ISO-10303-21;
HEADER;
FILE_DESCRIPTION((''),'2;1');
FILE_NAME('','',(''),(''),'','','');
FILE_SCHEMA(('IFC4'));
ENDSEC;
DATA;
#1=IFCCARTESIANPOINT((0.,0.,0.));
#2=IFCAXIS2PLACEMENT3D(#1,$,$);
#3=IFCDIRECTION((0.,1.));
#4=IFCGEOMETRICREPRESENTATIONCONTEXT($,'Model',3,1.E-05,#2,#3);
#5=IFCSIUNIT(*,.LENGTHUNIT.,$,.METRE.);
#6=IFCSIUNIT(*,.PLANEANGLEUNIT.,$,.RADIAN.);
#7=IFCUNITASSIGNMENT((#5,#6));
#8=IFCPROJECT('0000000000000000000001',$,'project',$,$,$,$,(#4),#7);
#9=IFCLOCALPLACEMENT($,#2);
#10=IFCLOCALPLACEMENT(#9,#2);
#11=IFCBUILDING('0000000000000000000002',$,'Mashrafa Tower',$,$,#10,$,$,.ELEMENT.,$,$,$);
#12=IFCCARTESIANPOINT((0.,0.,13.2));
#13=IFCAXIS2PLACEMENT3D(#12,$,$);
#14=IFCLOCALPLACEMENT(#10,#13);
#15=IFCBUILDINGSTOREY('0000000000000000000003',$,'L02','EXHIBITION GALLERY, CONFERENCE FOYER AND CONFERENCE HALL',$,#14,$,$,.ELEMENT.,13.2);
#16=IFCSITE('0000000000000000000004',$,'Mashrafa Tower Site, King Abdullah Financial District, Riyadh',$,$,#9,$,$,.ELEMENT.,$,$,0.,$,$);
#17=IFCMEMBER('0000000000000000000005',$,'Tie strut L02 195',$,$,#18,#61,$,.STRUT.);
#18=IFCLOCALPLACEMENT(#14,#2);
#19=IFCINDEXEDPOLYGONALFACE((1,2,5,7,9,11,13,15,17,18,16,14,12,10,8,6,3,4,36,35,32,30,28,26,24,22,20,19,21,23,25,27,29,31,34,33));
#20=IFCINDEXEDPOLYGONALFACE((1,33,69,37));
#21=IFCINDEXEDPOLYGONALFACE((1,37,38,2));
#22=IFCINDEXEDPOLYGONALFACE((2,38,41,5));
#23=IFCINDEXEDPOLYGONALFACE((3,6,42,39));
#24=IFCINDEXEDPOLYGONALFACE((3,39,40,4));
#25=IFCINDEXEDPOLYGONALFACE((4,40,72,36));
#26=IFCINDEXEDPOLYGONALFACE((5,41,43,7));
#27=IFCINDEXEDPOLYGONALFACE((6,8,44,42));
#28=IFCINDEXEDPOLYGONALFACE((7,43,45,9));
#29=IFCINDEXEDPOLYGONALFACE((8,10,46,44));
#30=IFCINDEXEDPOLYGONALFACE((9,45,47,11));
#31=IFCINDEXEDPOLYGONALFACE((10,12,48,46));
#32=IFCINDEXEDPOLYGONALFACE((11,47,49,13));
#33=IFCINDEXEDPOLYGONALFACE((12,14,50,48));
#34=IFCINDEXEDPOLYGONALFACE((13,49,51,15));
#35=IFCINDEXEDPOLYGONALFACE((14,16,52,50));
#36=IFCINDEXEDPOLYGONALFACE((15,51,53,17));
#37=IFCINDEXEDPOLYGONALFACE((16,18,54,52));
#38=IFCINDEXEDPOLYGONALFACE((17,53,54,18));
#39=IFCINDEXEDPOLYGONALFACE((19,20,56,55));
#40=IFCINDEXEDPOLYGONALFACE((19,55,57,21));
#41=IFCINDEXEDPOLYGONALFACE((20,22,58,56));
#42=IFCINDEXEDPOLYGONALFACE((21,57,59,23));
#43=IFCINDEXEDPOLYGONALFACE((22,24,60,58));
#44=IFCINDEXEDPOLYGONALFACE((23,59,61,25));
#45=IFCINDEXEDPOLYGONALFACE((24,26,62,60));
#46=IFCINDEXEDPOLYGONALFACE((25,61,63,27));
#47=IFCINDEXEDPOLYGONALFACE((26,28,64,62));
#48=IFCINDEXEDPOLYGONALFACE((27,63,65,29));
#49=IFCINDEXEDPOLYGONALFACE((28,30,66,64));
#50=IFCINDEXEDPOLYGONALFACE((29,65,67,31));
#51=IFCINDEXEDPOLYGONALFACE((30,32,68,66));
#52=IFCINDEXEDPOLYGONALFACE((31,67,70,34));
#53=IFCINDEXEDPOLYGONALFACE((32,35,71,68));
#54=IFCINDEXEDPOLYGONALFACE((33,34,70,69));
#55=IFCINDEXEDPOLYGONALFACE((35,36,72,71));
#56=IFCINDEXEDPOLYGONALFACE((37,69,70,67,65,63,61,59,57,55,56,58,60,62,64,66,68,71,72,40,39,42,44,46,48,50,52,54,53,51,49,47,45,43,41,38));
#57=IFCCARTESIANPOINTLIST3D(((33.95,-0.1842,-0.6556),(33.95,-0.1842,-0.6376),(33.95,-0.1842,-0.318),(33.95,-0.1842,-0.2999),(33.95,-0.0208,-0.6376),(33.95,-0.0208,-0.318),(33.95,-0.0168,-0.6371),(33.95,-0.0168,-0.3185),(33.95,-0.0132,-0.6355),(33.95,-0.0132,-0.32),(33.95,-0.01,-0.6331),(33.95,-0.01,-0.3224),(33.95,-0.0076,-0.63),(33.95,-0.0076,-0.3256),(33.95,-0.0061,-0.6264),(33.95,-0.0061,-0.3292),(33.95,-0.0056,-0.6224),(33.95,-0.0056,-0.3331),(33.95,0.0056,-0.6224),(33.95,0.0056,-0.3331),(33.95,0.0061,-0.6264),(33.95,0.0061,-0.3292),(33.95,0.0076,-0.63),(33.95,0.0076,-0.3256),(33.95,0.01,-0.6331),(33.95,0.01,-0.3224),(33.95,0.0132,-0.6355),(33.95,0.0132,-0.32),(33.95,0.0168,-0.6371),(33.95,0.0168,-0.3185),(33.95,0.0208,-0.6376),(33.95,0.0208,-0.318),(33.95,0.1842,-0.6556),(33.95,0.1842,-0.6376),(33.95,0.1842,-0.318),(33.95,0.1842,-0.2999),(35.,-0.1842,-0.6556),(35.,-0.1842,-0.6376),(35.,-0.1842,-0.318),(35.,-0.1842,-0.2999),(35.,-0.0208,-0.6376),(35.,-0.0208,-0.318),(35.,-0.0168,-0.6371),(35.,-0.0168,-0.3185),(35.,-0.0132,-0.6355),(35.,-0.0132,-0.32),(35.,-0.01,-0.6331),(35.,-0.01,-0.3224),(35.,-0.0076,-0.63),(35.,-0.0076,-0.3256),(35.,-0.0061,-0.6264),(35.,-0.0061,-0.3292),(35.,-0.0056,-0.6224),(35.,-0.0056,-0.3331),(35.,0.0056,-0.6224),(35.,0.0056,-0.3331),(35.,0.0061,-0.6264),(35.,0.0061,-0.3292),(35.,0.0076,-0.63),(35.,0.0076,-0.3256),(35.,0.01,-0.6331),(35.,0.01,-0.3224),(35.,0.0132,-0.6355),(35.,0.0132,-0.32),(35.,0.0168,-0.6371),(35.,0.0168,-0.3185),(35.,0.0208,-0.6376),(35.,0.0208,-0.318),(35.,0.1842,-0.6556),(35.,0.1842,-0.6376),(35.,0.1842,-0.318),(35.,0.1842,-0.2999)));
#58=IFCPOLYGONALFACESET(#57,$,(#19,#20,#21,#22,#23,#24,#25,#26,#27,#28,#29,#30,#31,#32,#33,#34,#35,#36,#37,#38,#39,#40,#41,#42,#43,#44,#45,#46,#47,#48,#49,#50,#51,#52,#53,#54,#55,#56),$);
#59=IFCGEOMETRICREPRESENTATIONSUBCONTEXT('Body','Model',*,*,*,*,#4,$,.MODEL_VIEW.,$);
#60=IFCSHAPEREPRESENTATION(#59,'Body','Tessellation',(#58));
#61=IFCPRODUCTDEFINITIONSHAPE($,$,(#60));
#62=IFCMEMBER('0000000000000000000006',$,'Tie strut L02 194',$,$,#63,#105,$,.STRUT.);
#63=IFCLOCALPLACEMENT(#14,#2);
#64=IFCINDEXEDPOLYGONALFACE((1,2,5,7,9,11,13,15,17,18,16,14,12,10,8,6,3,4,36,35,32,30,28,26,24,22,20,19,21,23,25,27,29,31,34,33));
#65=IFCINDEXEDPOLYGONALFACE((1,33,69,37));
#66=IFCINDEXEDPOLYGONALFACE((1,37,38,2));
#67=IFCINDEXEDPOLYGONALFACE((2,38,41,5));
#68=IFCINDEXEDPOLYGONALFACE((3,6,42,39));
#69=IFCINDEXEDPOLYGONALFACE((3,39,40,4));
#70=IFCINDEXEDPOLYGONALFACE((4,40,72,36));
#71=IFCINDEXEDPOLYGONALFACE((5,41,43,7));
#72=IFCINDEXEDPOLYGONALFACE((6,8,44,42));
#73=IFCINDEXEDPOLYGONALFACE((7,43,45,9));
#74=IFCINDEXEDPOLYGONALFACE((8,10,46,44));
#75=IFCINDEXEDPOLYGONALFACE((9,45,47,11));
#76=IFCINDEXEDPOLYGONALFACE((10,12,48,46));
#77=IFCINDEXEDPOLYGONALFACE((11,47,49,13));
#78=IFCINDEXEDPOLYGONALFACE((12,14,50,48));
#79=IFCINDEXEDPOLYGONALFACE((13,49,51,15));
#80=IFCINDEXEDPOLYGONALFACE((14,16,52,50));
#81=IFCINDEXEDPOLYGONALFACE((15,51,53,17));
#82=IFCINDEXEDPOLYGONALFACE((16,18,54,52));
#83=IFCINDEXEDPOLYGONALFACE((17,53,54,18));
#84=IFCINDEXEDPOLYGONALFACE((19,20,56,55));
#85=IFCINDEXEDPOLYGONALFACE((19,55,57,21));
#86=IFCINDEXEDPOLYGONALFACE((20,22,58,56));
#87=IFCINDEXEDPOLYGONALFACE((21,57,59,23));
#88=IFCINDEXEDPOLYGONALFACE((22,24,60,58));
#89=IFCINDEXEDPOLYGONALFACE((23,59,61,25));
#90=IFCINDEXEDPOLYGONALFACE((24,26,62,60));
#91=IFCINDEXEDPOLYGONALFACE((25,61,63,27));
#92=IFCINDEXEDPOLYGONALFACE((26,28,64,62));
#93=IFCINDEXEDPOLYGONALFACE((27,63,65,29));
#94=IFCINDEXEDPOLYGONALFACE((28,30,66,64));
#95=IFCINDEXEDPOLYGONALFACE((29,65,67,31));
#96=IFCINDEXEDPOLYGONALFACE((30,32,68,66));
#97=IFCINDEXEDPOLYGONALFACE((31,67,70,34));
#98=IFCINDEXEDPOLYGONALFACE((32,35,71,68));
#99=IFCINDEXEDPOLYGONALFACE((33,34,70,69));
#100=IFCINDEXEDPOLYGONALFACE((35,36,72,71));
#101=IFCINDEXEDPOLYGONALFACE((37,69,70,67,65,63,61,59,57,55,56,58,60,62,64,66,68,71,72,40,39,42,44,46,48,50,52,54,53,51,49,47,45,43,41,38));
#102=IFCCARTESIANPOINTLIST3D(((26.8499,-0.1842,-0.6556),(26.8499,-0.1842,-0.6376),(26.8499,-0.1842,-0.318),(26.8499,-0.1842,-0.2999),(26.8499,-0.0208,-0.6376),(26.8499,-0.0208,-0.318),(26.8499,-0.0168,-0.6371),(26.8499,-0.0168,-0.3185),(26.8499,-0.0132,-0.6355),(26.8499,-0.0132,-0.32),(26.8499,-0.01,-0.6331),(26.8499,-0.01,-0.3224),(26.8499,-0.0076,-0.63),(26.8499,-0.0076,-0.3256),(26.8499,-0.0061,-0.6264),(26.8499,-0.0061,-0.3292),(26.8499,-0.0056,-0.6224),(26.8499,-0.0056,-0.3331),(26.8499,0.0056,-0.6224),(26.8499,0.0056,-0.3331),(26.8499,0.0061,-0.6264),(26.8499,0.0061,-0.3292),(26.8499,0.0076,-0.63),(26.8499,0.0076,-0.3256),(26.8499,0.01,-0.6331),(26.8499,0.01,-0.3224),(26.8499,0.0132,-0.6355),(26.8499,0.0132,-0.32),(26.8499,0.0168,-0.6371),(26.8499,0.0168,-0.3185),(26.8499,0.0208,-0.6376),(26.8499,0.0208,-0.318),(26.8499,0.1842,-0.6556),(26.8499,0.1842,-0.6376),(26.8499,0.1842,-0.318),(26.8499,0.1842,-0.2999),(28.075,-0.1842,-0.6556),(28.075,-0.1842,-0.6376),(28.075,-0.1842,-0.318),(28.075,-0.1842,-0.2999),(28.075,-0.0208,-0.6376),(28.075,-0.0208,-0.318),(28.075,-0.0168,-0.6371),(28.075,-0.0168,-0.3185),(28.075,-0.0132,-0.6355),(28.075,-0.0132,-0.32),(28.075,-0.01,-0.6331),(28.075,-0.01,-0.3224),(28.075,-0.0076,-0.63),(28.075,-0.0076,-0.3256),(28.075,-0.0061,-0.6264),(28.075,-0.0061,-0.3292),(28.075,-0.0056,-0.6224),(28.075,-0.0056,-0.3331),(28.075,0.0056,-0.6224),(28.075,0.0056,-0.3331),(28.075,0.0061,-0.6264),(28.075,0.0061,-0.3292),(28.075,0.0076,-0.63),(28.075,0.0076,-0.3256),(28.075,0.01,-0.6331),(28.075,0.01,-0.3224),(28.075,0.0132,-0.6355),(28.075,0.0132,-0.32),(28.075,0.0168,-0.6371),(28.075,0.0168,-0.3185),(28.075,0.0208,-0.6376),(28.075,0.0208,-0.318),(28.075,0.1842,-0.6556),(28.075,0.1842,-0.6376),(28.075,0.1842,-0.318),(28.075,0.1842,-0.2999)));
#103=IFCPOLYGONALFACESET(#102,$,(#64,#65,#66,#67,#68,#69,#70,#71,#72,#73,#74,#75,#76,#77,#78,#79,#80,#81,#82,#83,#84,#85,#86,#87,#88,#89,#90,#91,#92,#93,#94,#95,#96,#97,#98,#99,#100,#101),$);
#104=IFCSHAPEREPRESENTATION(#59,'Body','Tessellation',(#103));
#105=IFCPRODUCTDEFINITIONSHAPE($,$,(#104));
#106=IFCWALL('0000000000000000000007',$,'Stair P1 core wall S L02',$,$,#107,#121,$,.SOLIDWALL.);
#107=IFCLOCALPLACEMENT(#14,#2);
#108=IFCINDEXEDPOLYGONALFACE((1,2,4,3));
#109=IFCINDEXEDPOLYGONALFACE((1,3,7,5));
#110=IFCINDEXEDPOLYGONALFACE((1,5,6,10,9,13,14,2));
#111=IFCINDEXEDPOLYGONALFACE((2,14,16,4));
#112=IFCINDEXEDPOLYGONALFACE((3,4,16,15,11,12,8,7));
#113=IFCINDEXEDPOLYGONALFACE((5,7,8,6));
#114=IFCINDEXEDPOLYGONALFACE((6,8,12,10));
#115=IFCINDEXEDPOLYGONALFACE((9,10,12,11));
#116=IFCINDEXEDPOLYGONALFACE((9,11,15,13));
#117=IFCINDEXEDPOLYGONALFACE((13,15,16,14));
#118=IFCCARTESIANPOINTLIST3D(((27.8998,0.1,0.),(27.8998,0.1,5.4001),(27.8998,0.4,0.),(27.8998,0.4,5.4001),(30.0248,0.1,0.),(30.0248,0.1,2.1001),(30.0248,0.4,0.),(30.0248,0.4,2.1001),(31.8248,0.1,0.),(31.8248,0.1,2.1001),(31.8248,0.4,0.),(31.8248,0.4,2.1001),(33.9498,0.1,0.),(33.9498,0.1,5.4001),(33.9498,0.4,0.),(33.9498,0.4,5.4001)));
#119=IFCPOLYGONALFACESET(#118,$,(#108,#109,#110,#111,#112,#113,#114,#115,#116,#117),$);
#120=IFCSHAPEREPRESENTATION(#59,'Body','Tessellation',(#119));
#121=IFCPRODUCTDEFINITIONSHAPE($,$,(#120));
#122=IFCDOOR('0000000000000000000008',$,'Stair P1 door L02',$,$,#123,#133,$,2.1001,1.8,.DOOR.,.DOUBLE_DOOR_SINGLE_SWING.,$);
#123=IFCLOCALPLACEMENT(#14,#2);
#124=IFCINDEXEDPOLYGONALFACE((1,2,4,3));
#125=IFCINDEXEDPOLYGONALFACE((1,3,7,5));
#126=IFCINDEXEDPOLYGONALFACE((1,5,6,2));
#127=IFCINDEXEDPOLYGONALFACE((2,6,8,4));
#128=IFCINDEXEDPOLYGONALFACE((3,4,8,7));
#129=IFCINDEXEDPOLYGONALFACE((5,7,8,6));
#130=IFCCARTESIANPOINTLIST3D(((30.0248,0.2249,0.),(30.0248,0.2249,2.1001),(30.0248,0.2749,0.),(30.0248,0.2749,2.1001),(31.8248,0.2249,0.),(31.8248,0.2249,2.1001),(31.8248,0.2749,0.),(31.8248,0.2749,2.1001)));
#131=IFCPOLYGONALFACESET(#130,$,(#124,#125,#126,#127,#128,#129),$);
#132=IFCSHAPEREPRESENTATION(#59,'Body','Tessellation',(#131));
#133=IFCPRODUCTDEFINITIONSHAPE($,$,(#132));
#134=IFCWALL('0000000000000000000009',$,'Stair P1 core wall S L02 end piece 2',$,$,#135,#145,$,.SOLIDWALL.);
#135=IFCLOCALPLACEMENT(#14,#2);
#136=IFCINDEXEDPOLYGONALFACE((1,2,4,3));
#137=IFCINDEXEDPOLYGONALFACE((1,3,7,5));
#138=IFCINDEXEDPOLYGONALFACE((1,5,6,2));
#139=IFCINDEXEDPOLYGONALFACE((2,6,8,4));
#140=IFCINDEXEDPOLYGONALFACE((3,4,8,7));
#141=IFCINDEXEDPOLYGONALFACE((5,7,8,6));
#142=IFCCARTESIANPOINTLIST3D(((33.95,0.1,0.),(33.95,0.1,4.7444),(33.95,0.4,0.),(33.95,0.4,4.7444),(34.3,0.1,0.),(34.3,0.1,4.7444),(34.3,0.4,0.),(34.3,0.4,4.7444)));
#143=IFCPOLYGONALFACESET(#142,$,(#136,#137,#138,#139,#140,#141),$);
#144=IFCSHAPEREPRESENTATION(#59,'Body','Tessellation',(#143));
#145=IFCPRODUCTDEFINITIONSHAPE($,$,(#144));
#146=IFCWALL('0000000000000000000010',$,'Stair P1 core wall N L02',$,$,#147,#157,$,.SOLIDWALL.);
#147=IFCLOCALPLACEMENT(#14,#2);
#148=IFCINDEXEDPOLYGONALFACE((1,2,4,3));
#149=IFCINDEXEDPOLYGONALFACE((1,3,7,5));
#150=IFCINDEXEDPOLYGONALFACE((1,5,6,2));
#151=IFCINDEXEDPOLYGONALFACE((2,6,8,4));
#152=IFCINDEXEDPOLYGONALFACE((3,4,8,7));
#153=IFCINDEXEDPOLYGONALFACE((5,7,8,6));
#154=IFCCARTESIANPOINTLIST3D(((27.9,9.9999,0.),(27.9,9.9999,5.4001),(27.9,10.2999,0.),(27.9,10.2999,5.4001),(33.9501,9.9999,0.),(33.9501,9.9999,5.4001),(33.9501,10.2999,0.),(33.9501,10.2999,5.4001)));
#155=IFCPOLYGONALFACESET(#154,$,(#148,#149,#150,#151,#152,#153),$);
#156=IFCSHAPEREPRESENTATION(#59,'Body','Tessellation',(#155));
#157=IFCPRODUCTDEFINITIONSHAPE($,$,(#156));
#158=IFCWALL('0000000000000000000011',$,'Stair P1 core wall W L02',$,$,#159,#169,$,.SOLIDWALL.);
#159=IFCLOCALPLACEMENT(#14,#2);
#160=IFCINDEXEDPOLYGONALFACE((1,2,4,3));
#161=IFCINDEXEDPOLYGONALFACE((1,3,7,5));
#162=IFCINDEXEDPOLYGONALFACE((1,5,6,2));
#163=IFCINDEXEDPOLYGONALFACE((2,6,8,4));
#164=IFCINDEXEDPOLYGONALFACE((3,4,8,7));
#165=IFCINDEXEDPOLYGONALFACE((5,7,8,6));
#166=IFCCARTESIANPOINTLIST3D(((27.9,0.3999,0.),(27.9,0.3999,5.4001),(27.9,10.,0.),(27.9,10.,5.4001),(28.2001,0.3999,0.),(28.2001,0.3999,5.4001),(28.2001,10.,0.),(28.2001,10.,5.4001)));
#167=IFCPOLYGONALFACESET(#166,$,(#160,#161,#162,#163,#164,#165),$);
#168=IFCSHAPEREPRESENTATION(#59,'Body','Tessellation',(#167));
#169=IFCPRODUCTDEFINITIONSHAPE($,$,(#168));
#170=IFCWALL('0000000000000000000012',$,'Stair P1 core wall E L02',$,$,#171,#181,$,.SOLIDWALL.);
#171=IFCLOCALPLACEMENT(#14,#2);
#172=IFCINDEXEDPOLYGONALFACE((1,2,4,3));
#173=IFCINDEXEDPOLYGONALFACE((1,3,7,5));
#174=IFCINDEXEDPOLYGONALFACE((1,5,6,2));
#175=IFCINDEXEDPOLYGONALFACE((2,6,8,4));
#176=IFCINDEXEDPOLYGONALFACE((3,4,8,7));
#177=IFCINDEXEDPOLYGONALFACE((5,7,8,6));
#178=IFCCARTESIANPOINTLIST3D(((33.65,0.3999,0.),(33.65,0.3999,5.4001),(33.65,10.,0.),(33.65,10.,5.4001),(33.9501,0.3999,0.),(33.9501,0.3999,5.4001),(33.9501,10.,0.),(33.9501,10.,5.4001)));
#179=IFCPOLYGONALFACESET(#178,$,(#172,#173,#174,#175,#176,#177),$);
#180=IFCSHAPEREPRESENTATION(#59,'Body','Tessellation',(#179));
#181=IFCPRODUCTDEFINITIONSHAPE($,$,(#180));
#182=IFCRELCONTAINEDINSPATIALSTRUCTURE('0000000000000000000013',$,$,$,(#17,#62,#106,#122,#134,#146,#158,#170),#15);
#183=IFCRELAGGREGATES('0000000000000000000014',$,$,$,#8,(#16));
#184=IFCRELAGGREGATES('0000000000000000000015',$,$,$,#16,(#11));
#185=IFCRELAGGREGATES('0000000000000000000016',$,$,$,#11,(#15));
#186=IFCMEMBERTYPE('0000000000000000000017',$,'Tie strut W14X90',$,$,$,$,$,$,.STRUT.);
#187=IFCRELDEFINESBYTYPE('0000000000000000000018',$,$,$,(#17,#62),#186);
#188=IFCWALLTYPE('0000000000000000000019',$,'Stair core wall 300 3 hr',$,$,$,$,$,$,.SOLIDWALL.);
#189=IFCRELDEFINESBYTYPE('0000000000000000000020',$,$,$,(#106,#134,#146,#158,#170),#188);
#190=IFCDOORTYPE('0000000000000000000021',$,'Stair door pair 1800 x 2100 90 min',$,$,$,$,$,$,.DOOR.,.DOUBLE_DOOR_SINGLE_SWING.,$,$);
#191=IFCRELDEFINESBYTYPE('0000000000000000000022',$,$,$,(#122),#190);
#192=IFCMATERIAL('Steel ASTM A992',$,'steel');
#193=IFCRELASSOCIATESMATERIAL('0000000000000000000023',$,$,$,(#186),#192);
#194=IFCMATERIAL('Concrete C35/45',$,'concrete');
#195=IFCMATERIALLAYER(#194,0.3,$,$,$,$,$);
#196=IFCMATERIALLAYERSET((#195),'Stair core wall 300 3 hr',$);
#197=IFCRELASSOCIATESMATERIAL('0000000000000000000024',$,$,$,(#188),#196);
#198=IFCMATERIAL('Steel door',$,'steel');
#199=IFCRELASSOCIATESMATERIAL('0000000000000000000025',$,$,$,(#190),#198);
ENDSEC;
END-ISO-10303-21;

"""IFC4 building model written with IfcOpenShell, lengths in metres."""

from ifc_helpers import new_model, si_unit, direction, frame, frame_2d, origin, origin_2d, place, context, subcontext, project, spatial, rectangle, i_section, extrude, source, transform, mapped, material, layer, layer_set, material_profile, profile_set, type_object, type_shapes, element, fill, save


model = new_model("IFC4")

# Units and contexts
model_context = context("Model", 3, precision=1e-05, world=origin(), true_north=direction((0.0, 1.0)))
body_context = subcontext(model_context, "Body", "Model", "MODEL_VIEW")
ifc_project = project(units=[si_unit("LENGTHUNIT", "METRE"), si_unit("PLANEANGLEUNIT", "RADIAN")], contexts=[model_context])

# Site, building, storey
site_placement = place(None, origin())
site = spatial("IfcSite", under=ifc_project, at=site_placement, Name="Mashrafa Tower Site, King Abdullah Financial District, Riyadh", CompositionType="ELEMENT", RefElevation=0.0)
building_placement = place(site_placement, origin())
building = spatial("IfcBuilding", under=site, at=building_placement, Name="Mashrafa Tower", CompositionType="ELEMENT")
storey_placement = place(building_placement, frame((0.0, 0.0, 13.2)))
storey = spatial("IfcBuildingStorey", under=building, at=storey_placement, Name="L02", Description="EXHIBITION GALLERY, CONFERENCE FOYER AND CONFERENCE HALL", CompositionType="ELEMENT", Elevation=13.2)

# Members
ifc_material_1 = material(Name="Steel ASTM A992", Category="steel")
ifc_material_profile_1 = material_profile(ifc_material_1, i_section(OverallWidth=0.3684, OverallDepth=0.3557, WebThickness=0.0112, FlangeThickness=0.0181, FilletRadius=0.0151, at=origin_2d()), Name="W14X90")
ifc_profile_set_1 = profile_set([ifc_material_profile_1], Name="Steel ASTM A992")
member_type_1 = type_object("IfcMemberType", Name="Tie strut W14X90", PredefinedType="STRUT", material=ifc_profile_set_1)
shared_shape_1 = source(origin(), body_context, "Body", "SweptSolid", [
    extrude(i_section(OverallWidth=0.3684, OverallDepth=0.3557, WebThickness=0.0112, FlangeThickness=0.0181, FilletRadius=0.0151, at=origin_2d()), origin(), (0.0, 0.0, 1.0), 1.05),
])
member_1_placement = place(storey_placement, frame((33.95, 0.0, -0.4778), z_axis=(1.0, 0.0, 0.0), x_axis=(0.0, 1.0, 0.0)))
element("IfcMember", 1, at=member_1_placement, inside=storey, type_object=member_type_1, Name="Tie strut L02 195", PredefinedType="STRUT", context=body_context, shape_type="MappedRepresentation", body=[
    mapped(shared_shape_1, transform((0.0, 0.0, 0.0))),
])
shared_shape_2 = source(origin(), body_context, "Body", "SweptSolid", [
    extrude(i_section(OverallWidth=0.3684, OverallDepth=0.3557, WebThickness=0.0112, FlangeThickness=0.0181, FilletRadius=0.0151, at=origin_2d()), origin(), (0.0, 0.0, 1.0), 1.2251),
])
type_shapes(member_type_1, [shared_shape_1, shared_shape_2])
member_2_placement = place(storey_placement, frame((26.8499, 0.0, -0.4778), z_axis=(1.0, 0.0, 0.0), x_axis=(0.0, 1.0, 0.0)))
element("IfcMember", 2, at=member_2_placement, inside=storey, type_object=member_type_1, Name="Tie strut L02 194", PredefinedType="STRUT", context=body_context, shape_type="MappedRepresentation", body=[
    mapped(shared_shape_2, transform((0.0, 0.0, 0.0))),
])

# Wall, opening, door
ifc_material_2 = material(Name="Concrete C35/45", Category="concrete")
ifc_layer = layer(ifc_material_2, 0.3)
ifc_layer_set = layer_set([ifc_layer], Name="Stair core wall 300 3 hr")
wall_type = type_object("IfcWallType", Name="Stair core wall 300 3 hr", PredefinedType="SOLIDWALL", material=ifc_layer_set)
wall_1_placement = place(storey_placement, frame((27.8999, 0.25, 0.0), z_axis=(0.0, 0.0, 1.0), x_axis=(1.0, 0.0, 0.0)))
wall_1 = element("IfcWall", 3, at=wall_1_placement, inside=storey, type_object=wall_type, Name="Stair P1 core wall S L02", PredefinedType="SOLIDWALL", context=body_context, shape_type="SweptSolid", body=[
    extrude(rectangle(XDim=6.05, YDim=0.3, at=frame_2d((3.0249, 0.0))), origin(), (0.0, 0.0, 1.0), 5.4001),
])
opening_placement = place(wall_1_placement, frame((2.125, 0.0, 0.0)))
opening = element("IfcOpeningElement", 4, at=opening_placement, cuts=wall_1, PredefinedType="OPENING", context=body_context, shape_type="SweptSolid", body=[
    extrude(rectangle(XDim=1.8, YDim=2.1001, at=frame_2d((0.8999, 1.05))), frame((0.0, 0.1599, 0.0), z_axis=(0.0, -1.0, 0.0), x_axis=(1.0, 0.0, 0.0)), (0.0, 0.0, 1.0), 0.3201),
])
ifc_material_3 = material(Name="Steel door", Category="steel")
door_type = type_object("IfcDoorType", Name="Stair door pair 1800 x 2100 90 min", OperationType="DOUBLE_DOOR_SINGLE_SWING", PredefinedType="DOOR", material=ifc_material_3)
door_placement = place(opening_placement, origin())
door = element("IfcDoor", 5, at=door_placement, inside=storey, type_object=door_type, Name="Stair P1 door L02", OperationType="DOUBLE_DOOR_SINGLE_SWING", OverallHeight=2.1001, OverallWidth=1.8, PredefinedType="DOOR", context=body_context, shape_type="SweptSolid", body=[
    extrude(rectangle(XDim=1.8, YDim=2.1001, at=frame_2d((0.8999, 1.05))), frame((0.0, 0.0249, 0.0), z_axis=(0.0, -1.0, 0.0), x_axis=(1.0, 0.0, 0.0)), (0.0, 0.0, 1.0), 0.05),
])
fill(opening, door)

# Walls
wall_2_placement = place(storey_placement, frame((33.95, 0.25, 0.0), z_axis=(0.0, 0.0, 1.0), x_axis=(1.0, 0.0, 0.0)))
element("IfcWall", 6, at=wall_2_placement, inside=storey, type_object=wall_type, Name="Stair P1 core wall S L02 end piece 2", PredefinedType="SOLIDWALL", context=body_context, shape_type="SweptSolid", body=[
    extrude(rectangle(XDim=0.3501, YDim=0.3, at=frame_2d((0.175, 0.0))), origin(), (0.0, 0.0, 1.0), 4.7444),
])
wall_3_placement = place(storey_placement, frame((33.95, 10.1499, 0.0), z_axis=(0.0, 0.0, 1.0), x_axis=(-1.0, 0.0, 0.0)))
element("IfcWall", 7, at=wall_3_placement, inside=storey, type_object=wall_type, Name="Stair P1 core wall N L02", PredefinedType="SOLIDWALL", context=body_context, shape_type="SweptSolid", body=[
    extrude(rectangle(XDim=6.05, YDim=0.3, at=frame_2d((3.0249, 0.0))), origin(), (0.0, 0.0, 1.0), 5.4001),
])
for number, where, z_axis, x_axis, name in (
    (8, (28.05, 10.0, 0.0), (0.0, 0.0, 1.0), (0.0, -1.0, 0.0), "Stair P1 core wall W L02"),
    (9, (33.8, 0.3999, 0.0), (0.0, 0.0, 1.0), (0.0, 1.0, 0.0), "Stair P1 core wall E L02"),
):
    element("IfcWall", number, at=place(storey_placement, frame(where, z_axis=z_axis, x_axis=x_axis)), inside=storey, type_object=wall_type, Name=name, PredefinedType="SOLIDWALL", context=body_context, shape_type="SweptSolid", body=[
        extrude(rectangle(XDim=9.6001, YDim=0.3, at=frame_2d((4.8, 0.0))), origin(), (0.0, 0.0, 1.0), 5.4001),
    ])

save(model, "model.ifc")
